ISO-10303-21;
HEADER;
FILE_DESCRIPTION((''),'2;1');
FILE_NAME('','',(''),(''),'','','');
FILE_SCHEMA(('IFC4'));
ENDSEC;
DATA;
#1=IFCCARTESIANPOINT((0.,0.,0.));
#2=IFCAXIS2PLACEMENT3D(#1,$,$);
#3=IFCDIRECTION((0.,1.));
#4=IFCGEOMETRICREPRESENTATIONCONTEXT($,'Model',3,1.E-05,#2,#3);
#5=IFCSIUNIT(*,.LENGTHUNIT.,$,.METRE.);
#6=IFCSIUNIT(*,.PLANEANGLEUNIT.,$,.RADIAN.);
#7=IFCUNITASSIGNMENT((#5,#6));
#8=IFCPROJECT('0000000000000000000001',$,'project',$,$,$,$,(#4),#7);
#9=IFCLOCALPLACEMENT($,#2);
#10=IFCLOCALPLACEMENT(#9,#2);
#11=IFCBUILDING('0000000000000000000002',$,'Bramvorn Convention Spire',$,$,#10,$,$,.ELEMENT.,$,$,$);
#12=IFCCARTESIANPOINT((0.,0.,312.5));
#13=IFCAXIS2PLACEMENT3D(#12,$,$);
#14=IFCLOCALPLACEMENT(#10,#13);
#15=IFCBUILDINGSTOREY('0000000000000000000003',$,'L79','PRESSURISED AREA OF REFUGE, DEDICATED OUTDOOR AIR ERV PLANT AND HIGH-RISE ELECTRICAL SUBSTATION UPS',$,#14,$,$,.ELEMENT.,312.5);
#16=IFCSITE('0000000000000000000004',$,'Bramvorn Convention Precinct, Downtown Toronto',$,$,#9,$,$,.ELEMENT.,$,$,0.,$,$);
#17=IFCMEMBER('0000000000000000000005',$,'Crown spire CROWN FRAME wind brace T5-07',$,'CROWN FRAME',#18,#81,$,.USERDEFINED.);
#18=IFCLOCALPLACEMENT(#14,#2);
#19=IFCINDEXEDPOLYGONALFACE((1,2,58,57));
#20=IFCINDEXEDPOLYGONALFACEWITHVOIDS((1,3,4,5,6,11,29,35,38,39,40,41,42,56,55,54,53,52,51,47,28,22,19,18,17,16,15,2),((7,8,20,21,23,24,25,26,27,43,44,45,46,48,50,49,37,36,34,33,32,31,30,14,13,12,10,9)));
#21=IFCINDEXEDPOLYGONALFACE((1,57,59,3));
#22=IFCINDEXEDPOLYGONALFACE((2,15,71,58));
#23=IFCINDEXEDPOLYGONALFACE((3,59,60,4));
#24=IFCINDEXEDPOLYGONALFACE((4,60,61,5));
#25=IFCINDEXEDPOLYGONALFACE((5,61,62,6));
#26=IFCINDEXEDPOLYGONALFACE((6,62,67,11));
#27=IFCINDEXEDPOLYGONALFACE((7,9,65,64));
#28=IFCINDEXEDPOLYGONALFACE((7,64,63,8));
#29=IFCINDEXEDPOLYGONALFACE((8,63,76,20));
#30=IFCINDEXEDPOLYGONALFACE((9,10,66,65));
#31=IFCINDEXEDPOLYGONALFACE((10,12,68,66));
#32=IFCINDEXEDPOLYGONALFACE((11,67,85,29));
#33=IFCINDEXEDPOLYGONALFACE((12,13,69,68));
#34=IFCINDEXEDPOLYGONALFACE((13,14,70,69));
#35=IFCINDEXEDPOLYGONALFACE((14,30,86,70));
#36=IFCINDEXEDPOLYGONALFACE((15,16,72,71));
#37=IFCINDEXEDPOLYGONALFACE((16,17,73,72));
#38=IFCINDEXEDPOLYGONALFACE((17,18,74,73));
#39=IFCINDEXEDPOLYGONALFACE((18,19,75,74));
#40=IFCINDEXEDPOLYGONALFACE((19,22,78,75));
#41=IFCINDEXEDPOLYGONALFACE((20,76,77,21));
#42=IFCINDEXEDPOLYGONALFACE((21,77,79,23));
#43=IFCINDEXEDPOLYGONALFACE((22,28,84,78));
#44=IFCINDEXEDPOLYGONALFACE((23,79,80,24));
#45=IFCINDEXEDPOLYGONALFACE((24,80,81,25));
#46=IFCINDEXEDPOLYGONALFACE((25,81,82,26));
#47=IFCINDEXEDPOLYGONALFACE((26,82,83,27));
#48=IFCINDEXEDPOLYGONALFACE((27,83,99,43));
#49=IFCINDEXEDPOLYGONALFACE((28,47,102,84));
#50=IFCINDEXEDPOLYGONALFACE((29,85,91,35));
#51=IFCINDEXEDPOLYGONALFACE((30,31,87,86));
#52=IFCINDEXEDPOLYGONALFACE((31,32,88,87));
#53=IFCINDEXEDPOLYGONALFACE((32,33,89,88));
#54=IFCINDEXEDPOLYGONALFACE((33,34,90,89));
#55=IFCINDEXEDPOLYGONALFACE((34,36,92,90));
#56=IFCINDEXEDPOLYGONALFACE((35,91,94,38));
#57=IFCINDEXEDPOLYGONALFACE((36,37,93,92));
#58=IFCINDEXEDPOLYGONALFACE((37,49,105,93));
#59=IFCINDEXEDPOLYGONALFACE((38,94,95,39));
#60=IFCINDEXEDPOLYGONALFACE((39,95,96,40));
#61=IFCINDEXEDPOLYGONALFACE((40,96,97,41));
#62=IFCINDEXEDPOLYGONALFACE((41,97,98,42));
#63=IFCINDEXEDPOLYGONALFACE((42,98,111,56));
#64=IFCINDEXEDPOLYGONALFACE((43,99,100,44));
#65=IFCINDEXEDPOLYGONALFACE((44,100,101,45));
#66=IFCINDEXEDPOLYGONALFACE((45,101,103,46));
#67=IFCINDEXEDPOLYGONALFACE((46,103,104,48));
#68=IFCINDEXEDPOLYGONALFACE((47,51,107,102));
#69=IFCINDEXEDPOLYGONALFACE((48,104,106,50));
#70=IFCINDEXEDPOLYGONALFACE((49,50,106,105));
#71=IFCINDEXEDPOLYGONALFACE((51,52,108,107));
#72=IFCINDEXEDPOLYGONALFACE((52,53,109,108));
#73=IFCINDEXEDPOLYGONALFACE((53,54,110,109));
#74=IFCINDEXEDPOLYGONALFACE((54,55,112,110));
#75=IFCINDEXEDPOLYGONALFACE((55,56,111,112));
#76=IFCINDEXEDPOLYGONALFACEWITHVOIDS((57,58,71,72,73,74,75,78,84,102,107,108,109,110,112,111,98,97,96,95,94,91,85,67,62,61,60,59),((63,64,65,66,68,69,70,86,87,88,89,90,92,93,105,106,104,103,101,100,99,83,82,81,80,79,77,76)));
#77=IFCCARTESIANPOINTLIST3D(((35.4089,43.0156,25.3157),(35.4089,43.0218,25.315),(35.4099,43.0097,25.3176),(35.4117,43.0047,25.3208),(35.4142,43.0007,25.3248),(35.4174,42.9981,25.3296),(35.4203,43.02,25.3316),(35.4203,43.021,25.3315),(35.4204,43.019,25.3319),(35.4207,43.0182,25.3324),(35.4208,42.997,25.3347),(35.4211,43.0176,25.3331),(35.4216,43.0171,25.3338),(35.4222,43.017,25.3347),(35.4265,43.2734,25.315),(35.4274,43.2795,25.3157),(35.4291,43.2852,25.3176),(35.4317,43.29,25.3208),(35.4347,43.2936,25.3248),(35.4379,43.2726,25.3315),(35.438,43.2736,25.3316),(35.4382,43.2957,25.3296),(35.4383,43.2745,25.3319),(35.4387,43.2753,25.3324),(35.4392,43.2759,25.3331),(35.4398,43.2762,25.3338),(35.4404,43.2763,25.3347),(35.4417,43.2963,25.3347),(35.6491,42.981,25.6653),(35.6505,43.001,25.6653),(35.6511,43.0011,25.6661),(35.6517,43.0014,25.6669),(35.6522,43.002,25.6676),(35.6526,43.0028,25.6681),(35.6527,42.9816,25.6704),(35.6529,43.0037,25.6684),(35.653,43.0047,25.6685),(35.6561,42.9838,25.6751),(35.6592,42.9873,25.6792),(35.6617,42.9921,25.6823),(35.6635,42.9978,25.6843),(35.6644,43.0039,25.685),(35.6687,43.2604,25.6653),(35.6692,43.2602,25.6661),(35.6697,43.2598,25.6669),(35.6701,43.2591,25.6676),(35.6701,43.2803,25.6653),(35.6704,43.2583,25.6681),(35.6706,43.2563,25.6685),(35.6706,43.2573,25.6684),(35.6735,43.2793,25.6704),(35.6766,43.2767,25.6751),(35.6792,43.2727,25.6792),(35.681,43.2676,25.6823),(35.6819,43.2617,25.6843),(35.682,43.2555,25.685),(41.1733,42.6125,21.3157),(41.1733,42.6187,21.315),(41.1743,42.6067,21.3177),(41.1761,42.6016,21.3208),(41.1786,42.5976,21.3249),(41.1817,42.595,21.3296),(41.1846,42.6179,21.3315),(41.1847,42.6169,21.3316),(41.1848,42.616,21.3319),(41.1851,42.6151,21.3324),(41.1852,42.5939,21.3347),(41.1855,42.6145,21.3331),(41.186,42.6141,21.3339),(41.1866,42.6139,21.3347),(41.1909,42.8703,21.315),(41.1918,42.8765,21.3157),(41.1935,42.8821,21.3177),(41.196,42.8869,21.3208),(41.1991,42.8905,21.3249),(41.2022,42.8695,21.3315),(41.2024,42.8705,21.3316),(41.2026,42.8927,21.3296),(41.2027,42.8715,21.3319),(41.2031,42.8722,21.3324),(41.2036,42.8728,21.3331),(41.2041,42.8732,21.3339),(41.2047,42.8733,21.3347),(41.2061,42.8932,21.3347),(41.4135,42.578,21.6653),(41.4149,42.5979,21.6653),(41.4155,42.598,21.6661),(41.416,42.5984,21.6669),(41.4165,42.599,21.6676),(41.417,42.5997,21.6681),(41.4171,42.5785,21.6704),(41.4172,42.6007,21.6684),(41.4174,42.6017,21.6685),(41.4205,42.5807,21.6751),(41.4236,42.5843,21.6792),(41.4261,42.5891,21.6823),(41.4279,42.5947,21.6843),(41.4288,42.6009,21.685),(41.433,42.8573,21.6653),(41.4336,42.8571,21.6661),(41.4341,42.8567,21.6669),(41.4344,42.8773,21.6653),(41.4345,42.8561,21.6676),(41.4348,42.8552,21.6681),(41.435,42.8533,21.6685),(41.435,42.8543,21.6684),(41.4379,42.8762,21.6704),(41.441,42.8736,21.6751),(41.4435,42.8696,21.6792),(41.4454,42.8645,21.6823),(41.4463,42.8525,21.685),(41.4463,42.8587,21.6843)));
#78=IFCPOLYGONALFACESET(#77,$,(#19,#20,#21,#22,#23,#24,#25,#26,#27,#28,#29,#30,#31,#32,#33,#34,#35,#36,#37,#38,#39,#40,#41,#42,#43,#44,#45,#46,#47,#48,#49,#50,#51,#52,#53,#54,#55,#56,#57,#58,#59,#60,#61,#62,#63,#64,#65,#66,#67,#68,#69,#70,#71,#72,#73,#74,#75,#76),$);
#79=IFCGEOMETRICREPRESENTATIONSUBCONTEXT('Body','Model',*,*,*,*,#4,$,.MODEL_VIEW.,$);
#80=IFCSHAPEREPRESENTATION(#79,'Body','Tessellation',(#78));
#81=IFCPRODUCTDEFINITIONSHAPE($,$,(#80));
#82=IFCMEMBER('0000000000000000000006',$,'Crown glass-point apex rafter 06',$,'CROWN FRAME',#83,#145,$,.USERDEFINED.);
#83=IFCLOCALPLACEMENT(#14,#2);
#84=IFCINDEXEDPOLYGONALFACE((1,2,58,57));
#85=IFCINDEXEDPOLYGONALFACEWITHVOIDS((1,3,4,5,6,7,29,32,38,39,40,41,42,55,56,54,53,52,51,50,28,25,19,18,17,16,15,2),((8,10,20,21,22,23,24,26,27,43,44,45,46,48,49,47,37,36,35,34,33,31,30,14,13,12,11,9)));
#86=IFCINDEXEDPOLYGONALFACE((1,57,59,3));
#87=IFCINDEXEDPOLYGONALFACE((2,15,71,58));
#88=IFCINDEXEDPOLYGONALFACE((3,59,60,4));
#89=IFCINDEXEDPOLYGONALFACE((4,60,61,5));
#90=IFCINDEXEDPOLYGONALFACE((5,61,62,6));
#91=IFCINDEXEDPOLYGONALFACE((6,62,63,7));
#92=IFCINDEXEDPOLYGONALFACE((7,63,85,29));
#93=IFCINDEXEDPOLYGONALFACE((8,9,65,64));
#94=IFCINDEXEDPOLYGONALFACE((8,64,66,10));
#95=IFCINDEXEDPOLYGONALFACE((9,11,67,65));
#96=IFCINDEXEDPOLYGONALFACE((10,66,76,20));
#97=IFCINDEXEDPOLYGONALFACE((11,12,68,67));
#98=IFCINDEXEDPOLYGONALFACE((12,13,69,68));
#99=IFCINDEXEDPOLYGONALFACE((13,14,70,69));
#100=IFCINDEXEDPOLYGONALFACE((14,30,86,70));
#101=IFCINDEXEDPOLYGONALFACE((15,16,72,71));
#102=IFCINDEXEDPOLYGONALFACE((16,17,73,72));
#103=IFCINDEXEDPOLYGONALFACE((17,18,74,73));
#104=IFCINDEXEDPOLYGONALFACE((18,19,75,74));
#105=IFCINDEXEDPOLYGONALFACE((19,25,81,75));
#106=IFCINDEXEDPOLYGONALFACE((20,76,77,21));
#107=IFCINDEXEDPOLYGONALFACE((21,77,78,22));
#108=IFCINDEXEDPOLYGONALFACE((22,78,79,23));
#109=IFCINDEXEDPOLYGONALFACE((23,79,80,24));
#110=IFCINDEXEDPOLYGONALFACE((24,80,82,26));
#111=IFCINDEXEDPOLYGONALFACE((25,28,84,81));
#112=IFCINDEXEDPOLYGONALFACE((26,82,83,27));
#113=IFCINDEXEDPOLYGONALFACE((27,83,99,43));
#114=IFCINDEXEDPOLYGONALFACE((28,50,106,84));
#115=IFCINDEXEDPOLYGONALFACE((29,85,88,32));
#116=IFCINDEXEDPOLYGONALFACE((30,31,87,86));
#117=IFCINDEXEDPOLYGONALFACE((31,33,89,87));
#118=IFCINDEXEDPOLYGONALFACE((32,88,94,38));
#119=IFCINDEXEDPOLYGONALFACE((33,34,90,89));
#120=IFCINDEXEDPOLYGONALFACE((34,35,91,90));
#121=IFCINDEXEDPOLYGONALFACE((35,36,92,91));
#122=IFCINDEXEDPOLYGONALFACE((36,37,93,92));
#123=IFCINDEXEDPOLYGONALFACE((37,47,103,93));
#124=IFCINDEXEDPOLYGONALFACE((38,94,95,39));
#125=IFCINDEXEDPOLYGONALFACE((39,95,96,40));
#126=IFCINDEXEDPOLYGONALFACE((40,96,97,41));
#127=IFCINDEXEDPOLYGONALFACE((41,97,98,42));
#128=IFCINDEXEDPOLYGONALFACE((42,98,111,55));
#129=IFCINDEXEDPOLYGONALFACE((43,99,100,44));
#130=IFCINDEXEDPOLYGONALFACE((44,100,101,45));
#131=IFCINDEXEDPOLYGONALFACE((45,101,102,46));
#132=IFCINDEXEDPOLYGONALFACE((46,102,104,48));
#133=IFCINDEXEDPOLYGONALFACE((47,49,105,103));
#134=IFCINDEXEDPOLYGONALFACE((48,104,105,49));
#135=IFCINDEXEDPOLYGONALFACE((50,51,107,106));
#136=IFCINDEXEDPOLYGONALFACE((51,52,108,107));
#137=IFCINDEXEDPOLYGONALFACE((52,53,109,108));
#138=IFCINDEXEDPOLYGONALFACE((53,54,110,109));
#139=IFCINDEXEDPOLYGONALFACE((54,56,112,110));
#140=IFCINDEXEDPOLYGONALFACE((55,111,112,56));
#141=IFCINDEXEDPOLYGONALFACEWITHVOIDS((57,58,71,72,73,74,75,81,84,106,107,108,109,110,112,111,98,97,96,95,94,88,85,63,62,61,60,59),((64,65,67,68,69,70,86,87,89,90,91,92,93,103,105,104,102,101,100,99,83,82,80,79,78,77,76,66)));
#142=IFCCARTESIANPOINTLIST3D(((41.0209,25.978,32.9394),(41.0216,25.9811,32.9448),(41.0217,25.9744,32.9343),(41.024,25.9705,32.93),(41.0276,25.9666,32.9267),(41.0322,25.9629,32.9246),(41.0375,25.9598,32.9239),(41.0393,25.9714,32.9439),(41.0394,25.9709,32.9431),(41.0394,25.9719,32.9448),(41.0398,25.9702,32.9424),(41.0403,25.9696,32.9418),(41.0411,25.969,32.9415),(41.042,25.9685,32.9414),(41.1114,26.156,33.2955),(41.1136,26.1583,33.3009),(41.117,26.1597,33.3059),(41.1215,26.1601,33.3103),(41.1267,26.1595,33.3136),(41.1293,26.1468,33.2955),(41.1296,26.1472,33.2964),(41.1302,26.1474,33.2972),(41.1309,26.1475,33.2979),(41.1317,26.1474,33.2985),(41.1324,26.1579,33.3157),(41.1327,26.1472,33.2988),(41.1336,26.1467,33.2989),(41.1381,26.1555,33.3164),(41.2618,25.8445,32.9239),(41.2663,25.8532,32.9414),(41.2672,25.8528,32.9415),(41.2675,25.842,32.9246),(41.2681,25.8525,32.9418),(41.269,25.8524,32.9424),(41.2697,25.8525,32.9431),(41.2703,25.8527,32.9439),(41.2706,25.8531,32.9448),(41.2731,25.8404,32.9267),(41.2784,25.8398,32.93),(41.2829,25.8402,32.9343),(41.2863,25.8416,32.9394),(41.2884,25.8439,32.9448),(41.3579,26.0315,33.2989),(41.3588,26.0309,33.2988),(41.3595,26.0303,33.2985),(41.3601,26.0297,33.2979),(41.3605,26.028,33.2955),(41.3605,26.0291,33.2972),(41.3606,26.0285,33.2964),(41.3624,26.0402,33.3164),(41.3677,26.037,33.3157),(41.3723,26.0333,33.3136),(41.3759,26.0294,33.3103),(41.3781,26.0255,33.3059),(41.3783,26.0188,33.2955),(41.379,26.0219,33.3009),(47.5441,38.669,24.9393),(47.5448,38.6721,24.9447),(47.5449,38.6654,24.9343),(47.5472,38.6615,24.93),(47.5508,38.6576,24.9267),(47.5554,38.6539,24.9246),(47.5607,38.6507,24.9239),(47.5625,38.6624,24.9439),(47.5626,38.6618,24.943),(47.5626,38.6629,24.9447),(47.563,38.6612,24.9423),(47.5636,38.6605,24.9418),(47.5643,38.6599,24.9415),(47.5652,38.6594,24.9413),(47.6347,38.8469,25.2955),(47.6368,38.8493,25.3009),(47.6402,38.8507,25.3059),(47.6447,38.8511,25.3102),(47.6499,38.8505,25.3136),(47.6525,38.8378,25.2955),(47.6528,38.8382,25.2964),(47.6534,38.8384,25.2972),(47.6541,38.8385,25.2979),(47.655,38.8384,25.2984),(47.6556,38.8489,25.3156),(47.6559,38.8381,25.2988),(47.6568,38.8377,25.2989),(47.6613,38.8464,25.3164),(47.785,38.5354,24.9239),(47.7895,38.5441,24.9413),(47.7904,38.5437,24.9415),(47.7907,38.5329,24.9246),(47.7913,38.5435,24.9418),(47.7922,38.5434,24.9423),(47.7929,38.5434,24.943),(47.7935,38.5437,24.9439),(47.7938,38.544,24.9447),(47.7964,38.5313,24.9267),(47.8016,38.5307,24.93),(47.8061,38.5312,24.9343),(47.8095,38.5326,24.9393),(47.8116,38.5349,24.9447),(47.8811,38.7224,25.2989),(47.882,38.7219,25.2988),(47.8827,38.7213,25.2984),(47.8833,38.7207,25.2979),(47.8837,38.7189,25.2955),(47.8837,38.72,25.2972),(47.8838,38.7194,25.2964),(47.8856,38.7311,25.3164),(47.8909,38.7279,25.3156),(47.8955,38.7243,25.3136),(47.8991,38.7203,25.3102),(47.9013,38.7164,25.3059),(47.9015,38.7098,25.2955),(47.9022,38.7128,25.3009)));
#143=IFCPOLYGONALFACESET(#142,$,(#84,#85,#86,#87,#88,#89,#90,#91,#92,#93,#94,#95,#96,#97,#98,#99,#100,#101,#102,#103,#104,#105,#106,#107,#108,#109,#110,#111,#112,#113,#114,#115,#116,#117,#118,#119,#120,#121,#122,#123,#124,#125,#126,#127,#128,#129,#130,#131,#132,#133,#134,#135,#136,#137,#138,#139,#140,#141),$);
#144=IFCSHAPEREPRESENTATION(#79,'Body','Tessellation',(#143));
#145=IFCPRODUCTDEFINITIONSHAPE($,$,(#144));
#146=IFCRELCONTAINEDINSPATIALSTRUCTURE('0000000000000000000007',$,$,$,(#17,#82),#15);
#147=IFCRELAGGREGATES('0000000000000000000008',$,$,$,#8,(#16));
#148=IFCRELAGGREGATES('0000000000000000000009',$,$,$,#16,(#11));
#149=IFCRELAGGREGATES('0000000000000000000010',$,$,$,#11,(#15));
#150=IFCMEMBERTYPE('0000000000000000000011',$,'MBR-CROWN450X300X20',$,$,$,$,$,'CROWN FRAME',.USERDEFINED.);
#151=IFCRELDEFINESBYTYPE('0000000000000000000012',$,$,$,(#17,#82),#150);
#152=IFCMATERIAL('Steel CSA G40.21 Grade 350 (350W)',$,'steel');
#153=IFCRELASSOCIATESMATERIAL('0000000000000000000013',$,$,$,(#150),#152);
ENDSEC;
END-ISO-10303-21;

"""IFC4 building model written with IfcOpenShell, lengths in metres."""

from ifc_helpers import new_model, si_unit, direction, frame, origin, origin_2d, place, context, subcontext, project, spatial, hollow_rectangle, extrude, material, material_profile, profile_set, type_object, element, save


model = new_model("IFC4")

# Units and contexts
model_context = context("Model", 3, precision=1e-05, world=origin(), true_north=direction((0.0, 1.0)))
body_context = subcontext(model_context, "Body", "Model", "MODEL_VIEW")
ifc_project = project(units=[si_unit("LENGTHUNIT", "METRE"), si_unit("PLANEANGLEUNIT", "RADIAN")], contexts=[model_context])

# Site, building, storey
site_placement = place(None, origin())
site = spatial("IfcSite", under=ifc_project, at=site_placement, Name="Bramvorn Convention Precinct, Downtown Toronto", CompositionType="ELEMENT", RefElevation=0.0)
building_placement = place(site_placement, origin())
building = spatial("IfcBuilding", under=site, at=building_placement, Name="Bramvorn Convention Spire", CompositionType="ELEMENT")
storey_placement = place(building_placement, frame((0.0, 0.0, 312.5)))
storey = spatial("IfcBuildingStorey", under=building, at=storey_placement, Name="L79", Description="PRESSURISED AREA OF REFUGE, DEDICATED OUTDOOR AIR ERV PLANT AND HIGH-RISE ELECTRICAL SUBSTATION UPS", CompositionType="ELEMENT", Elevation=312.5)

# Shared definitions
ifc_material_1 = material(Name="Steel CSA G40.21 Grade 350 (350W)", Category="steel")

# Members
ifc_material_profile_1 = material_profile(ifc_material_1, hollow_rectangle(XDim=0.3, YDim=0.45, WallThickness=0.02, InnerFilletRadius=0.0039, OuterFilletRadius=0.0239, at=origin_2d()))
ifc_profile_set_1 = profile_set([ifc_material_profile_1], Name="Steel CSA G40.21 Grade 350 (350W) - CROWN450X300X20")
member_type = type_object("IfcMemberType", Name="MBR-CROWN450X300X20", ElementType="CROWN FRAME", PredefinedType="USERDEFINED", material=ifc_profile_set_1)
member_1_placement = place(storey_placement, frame((41.3098, 42.7356, 21.5), z_axis=(-0.820222, 0.057354, 0.569163), x_axis=(-0.069755, -0.997564, 0.0)))
element("IfcMember", 1, at=member_1_placement, inside=storey, type_object=member_type, Name="Crown spire CROWN FRAME wind brace T5-07", ObjectType="CROWN FRAME", PredefinedType="USERDEFINED", context=body_context, shape_type="SweptSolid", body=[
    extrude(hollow_rectangle(XDim=0.3, YDim=0.45, WallThickness=0.02, InnerFilletRadius=0.0039, OuterFilletRadius=0.0239, at=origin_2d()), origin(), (0.0, 0.0, 1.0), 7.0278),
])
member_2_placement = place(storey_placement, frame((47.7231, 38.6909, 25.1201), z_axis=(-0.398757, -0.775784, 0.489032), x_axis=(0.889389, -0.45715, 0.0)))
element("IfcMember", 2, at=member_2_placement, inside=storey, type_object=member_type, Name="Crown glass-point apex rafter 06", ObjectType="CROWN FRAME", PredefinedType="USERDEFINED", context=body_context, shape_type="SweptSolid", body=[
    extrude(hollow_rectangle(XDim=0.3, YDim=0.45, WallThickness=0.02, InnerFilletRadius=0.0039, OuterFilletRadius=0.0239, at=origin_2d()), origin(), (0.0, 0.0, 1.0), 16.3589),
])

save(model, "model.ifc")
